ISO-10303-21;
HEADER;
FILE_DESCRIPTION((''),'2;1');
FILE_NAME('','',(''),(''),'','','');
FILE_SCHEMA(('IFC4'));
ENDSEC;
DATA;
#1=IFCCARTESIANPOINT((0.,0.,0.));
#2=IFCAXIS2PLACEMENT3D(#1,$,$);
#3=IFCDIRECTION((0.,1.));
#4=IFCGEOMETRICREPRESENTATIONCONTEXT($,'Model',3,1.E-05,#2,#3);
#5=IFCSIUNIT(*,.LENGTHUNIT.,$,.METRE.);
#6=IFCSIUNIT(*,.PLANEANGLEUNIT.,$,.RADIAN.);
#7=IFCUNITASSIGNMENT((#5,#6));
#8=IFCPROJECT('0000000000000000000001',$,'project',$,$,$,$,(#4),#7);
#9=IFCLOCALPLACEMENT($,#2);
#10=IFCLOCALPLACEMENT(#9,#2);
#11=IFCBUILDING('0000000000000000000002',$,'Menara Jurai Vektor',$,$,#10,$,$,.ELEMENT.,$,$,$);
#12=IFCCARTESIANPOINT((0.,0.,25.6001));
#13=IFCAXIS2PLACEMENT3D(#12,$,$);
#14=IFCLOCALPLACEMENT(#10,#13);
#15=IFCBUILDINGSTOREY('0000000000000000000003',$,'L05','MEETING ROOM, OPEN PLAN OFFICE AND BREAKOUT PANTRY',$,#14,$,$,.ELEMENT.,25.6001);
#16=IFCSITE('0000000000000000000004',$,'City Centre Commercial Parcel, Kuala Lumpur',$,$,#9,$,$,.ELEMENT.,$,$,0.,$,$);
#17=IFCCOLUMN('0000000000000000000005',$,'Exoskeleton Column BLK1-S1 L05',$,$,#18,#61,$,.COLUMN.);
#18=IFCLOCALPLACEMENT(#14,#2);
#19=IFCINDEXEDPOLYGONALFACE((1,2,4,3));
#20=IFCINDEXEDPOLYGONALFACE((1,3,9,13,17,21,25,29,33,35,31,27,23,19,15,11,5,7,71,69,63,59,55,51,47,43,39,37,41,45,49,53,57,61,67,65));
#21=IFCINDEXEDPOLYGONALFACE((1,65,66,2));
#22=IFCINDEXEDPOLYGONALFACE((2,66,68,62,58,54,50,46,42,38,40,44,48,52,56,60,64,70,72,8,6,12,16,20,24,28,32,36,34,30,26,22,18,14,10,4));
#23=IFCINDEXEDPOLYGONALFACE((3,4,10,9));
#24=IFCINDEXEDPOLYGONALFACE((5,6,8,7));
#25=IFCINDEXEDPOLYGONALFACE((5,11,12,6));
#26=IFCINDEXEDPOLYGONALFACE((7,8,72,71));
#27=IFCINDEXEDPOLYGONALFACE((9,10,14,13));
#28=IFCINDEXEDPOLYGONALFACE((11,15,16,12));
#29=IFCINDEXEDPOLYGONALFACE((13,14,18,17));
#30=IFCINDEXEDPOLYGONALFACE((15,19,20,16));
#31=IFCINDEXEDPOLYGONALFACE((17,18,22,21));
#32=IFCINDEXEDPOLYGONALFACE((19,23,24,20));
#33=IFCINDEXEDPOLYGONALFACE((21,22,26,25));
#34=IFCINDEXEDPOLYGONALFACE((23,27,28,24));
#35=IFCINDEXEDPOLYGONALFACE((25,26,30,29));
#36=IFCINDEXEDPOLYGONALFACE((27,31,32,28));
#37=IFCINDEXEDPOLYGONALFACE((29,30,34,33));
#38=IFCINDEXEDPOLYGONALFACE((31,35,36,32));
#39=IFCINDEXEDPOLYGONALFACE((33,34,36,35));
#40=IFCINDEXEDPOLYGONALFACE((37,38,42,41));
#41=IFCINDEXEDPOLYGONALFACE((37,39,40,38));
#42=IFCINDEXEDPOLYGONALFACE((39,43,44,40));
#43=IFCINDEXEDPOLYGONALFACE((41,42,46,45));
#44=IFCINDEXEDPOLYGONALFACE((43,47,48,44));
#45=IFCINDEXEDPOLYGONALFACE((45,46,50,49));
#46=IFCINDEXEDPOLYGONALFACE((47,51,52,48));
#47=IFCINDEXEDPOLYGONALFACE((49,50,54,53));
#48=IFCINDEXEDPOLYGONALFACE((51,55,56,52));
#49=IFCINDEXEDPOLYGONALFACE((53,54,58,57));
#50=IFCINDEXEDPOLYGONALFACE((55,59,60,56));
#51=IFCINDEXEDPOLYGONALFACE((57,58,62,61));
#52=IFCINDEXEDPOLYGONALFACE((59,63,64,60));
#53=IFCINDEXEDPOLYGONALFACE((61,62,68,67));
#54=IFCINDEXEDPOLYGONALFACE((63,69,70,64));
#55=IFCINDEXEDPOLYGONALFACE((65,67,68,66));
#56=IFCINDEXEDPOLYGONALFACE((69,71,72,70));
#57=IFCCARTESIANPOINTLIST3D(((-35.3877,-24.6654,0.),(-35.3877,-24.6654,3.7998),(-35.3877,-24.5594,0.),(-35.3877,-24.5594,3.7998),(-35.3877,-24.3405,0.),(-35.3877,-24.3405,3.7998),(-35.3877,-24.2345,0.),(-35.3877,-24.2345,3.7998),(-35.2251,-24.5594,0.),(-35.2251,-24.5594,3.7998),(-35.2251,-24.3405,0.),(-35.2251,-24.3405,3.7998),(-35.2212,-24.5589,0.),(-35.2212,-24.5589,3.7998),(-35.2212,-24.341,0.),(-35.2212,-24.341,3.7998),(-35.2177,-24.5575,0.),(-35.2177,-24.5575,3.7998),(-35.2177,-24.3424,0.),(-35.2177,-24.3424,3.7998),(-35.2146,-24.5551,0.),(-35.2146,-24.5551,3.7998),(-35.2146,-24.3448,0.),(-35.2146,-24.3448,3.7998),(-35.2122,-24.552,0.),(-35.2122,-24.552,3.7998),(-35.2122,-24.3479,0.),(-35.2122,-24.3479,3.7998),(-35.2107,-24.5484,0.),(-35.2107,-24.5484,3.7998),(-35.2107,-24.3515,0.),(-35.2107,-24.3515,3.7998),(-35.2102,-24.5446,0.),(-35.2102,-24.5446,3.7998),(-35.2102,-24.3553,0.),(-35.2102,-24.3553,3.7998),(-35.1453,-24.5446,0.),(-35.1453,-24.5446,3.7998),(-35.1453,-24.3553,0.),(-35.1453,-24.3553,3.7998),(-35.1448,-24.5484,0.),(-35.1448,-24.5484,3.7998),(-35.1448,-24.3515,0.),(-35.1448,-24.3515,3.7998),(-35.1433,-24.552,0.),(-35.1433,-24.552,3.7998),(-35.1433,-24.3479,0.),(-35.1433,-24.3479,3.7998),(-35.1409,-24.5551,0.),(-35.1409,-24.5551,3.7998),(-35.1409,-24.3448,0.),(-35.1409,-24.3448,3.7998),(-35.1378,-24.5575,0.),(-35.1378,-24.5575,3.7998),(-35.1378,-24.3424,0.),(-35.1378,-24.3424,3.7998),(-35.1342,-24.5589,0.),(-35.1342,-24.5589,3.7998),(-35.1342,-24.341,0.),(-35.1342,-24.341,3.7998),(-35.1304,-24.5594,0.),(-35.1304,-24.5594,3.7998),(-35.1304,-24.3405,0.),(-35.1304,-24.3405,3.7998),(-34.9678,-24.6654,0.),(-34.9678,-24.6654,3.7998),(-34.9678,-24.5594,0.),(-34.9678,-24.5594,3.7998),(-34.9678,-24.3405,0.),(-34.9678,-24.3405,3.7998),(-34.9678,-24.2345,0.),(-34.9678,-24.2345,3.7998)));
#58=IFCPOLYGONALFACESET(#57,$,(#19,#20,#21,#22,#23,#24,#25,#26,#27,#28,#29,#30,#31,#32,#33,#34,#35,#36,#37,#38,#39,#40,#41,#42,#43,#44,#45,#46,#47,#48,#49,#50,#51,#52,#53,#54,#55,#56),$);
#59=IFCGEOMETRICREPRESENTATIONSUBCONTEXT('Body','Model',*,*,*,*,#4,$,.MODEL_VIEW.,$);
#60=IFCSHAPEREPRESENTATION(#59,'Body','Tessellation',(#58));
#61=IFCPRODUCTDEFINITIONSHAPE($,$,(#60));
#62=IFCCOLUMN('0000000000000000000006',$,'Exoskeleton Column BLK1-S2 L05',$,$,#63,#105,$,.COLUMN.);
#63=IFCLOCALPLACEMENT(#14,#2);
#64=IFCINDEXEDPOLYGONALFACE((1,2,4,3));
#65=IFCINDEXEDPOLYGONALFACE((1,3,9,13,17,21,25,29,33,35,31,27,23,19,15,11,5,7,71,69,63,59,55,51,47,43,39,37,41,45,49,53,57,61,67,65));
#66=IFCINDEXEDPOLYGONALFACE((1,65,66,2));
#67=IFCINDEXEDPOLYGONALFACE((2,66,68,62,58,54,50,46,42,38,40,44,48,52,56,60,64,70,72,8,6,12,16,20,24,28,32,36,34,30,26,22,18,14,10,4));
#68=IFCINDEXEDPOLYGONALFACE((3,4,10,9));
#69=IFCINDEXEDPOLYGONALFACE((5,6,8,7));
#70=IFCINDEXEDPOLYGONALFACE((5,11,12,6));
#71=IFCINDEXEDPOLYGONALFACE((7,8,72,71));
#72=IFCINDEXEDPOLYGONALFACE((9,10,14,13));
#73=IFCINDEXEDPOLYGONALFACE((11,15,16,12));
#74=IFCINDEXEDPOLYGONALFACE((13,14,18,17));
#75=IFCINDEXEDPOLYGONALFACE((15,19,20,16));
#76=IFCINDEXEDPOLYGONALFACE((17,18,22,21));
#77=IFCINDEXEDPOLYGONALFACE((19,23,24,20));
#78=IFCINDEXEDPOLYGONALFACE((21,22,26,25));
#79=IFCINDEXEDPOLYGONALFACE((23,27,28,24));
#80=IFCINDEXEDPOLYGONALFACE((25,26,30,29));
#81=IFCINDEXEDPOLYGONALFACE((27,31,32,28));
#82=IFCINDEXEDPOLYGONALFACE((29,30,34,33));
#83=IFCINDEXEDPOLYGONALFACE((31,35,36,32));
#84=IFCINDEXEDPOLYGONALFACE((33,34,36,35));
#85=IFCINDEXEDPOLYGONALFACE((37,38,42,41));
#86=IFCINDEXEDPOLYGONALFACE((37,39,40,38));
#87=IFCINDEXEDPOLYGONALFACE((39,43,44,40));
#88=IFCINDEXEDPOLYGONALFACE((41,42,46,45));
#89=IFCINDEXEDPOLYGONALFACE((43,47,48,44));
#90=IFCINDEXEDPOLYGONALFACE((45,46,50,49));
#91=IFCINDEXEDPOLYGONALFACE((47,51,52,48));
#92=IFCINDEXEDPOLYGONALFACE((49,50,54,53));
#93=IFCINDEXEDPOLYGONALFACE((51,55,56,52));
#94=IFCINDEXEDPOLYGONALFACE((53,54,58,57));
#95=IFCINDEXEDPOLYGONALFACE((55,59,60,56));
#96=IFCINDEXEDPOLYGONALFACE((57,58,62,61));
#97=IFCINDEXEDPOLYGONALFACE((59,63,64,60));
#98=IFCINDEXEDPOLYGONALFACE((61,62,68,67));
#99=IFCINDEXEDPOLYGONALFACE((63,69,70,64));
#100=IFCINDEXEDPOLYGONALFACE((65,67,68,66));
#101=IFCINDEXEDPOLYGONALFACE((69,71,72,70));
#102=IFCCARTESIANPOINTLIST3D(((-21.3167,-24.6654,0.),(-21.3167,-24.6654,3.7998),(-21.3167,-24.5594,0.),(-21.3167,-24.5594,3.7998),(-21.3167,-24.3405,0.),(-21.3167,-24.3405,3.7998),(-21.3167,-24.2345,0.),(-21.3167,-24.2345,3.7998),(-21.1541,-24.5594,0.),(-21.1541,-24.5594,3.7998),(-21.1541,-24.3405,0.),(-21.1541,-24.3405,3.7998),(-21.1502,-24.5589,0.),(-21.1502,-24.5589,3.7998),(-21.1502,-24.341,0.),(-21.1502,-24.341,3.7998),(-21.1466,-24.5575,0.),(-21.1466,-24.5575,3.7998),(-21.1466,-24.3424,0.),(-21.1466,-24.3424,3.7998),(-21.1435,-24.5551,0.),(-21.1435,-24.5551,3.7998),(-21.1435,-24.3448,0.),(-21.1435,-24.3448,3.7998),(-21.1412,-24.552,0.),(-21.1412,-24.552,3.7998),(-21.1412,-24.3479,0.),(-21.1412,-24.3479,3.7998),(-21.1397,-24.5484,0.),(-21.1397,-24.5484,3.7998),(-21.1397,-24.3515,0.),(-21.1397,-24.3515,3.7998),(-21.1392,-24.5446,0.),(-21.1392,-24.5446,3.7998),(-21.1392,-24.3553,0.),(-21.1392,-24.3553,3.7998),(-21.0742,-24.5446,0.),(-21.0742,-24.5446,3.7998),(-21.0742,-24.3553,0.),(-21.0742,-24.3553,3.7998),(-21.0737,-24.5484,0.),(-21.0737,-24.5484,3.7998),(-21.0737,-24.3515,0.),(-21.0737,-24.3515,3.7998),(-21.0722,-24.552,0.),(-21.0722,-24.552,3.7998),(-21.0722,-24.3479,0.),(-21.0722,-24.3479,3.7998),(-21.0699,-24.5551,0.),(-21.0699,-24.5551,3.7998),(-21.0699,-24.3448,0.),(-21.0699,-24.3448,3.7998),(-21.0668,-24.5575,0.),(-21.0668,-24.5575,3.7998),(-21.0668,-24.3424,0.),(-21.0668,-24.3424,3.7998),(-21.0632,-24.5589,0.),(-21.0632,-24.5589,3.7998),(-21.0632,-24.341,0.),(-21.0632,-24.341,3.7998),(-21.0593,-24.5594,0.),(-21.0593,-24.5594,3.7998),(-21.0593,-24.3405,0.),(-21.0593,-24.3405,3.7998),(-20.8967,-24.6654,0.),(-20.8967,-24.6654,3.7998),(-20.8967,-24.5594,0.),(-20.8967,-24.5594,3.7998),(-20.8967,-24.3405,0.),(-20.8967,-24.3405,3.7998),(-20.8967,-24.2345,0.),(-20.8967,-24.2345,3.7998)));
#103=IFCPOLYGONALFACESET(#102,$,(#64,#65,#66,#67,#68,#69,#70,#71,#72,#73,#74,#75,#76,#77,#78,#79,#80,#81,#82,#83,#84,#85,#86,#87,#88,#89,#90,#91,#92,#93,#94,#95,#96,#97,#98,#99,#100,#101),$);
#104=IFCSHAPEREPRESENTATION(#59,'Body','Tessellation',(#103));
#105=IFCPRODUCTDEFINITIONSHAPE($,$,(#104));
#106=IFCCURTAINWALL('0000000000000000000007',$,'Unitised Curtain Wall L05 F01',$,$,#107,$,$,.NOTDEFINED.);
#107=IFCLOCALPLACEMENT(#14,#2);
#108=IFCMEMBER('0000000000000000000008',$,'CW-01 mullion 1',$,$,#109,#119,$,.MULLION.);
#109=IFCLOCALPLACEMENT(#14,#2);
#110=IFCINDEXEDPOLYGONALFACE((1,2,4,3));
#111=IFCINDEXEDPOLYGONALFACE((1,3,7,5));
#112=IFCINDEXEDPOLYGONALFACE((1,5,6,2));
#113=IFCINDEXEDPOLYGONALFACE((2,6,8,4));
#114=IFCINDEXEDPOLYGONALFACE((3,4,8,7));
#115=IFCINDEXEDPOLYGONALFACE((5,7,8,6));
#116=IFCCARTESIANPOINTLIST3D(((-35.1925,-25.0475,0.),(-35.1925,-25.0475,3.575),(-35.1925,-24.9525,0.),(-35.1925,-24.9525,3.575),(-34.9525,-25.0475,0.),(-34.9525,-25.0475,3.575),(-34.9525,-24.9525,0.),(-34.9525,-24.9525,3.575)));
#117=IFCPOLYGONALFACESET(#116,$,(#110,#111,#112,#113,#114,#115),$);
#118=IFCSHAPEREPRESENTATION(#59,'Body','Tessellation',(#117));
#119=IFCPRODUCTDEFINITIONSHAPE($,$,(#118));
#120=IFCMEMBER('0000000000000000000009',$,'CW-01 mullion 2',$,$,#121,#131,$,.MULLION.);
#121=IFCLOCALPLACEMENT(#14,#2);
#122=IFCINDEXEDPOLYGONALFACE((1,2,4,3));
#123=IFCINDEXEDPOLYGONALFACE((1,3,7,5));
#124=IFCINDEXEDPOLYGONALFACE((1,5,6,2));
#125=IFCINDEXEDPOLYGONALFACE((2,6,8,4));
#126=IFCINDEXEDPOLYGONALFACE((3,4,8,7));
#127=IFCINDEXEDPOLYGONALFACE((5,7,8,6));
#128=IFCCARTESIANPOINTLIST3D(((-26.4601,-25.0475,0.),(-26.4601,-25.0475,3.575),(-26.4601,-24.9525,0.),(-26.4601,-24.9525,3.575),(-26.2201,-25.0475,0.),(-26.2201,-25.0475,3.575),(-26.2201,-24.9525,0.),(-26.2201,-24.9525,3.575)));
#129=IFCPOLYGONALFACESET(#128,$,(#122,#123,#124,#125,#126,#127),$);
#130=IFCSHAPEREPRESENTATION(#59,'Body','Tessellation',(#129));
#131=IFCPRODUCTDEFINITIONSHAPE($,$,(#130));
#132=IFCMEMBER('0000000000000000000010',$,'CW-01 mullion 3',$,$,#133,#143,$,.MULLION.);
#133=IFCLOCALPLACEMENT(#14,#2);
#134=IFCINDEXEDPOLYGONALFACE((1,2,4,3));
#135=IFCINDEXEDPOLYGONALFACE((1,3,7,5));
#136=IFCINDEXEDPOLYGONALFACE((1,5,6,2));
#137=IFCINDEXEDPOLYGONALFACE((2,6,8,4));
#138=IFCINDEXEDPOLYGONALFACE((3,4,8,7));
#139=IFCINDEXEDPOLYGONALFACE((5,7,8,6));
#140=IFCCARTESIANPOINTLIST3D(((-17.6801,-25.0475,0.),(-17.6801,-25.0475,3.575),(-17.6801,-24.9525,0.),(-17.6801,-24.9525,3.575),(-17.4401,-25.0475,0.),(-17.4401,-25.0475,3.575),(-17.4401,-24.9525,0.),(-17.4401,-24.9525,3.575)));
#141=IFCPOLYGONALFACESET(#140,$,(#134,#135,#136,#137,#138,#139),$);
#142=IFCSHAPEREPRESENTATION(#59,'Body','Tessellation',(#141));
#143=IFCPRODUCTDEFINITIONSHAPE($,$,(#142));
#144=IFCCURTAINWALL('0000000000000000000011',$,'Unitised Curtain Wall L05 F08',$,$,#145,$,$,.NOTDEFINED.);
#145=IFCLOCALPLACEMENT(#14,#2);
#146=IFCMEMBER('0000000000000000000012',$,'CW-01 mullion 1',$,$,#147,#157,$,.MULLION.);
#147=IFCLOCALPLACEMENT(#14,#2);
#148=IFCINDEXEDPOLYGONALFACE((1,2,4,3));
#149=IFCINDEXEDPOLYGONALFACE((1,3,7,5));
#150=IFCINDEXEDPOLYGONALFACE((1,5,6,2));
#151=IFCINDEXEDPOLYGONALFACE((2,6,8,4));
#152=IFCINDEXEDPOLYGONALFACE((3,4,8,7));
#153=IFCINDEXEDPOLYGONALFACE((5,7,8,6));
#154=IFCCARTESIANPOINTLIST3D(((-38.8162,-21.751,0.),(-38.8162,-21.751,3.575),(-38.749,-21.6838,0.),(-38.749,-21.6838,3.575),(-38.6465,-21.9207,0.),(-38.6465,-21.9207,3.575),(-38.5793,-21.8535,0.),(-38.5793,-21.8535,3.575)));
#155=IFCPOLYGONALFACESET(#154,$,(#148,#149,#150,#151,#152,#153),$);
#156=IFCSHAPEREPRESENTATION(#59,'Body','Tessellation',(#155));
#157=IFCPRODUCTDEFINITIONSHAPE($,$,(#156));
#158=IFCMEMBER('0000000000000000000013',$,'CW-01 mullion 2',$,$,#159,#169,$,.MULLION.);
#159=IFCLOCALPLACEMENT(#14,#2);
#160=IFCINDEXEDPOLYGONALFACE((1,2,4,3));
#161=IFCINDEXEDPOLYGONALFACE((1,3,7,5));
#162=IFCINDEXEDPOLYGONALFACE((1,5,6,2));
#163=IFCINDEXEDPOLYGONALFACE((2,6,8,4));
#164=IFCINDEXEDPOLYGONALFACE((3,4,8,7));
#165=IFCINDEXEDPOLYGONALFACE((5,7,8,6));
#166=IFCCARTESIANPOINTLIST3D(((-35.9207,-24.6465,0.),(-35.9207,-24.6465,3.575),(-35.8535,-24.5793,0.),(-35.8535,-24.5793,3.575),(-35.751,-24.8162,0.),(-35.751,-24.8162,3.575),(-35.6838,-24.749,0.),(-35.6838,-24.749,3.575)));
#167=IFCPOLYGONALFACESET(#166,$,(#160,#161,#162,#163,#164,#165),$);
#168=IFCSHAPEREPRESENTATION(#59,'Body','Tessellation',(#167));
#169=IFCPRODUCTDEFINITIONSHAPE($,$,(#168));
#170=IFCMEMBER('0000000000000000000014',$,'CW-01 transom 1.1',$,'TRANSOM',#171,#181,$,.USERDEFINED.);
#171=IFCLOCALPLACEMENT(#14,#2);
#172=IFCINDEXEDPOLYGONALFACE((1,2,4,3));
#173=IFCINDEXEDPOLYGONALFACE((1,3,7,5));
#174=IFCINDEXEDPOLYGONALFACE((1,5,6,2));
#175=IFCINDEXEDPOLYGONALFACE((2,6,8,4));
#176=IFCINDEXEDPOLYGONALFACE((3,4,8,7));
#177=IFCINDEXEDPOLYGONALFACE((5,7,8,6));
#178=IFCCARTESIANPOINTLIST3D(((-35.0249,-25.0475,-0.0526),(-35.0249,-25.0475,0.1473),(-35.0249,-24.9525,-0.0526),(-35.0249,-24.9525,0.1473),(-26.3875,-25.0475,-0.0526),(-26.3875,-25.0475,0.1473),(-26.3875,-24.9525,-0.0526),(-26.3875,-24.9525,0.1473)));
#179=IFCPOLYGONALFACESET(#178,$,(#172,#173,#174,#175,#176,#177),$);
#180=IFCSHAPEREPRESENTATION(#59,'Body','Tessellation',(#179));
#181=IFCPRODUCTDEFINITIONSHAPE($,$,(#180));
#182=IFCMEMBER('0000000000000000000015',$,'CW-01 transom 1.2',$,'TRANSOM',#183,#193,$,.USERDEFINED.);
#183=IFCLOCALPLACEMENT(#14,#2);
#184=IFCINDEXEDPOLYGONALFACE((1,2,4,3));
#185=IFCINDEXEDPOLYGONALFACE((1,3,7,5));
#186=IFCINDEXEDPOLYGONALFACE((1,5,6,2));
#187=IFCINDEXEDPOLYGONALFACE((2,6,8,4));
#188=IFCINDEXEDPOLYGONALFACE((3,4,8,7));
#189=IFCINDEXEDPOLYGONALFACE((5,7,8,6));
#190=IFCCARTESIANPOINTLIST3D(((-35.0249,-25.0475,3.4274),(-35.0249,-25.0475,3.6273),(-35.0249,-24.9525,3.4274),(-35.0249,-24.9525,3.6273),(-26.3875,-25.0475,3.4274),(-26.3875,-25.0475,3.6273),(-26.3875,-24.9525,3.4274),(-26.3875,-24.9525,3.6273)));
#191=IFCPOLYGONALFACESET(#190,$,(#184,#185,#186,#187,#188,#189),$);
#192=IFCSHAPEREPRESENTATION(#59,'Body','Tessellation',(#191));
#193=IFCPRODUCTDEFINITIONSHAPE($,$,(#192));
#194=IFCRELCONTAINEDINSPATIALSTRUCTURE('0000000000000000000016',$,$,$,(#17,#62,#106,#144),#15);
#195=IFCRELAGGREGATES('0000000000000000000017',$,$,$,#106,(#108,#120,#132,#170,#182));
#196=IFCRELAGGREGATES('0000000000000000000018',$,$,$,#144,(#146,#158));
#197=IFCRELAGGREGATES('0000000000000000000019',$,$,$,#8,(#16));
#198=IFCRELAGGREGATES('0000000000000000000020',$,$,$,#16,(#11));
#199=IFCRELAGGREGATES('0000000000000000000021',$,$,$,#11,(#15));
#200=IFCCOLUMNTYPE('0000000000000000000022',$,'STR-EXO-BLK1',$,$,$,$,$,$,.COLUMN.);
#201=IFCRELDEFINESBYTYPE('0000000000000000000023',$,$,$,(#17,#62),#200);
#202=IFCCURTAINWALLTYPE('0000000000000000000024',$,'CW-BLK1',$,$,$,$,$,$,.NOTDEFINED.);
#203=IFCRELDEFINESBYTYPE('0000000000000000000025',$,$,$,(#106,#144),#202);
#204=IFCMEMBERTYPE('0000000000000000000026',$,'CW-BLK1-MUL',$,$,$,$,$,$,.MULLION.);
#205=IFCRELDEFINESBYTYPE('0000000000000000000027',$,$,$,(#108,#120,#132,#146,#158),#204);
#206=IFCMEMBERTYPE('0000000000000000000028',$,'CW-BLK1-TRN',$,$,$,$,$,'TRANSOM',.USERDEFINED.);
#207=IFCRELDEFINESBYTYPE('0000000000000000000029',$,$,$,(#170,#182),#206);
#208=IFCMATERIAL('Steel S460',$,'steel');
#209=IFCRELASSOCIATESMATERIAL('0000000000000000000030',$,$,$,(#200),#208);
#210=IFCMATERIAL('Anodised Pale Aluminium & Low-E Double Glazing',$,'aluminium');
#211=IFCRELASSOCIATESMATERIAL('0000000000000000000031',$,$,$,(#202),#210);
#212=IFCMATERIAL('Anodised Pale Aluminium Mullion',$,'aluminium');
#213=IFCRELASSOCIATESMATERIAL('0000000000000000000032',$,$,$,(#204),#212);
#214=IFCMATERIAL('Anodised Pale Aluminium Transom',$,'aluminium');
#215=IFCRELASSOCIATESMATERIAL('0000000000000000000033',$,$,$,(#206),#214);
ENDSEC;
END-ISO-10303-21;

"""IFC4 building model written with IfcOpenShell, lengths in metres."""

from ifc_helpers import new_model, si_unit, direction, frame, origin, origin_2d, place, context, subcontext, project, spatial, rectangle, i_section, extrude, material, material_profile, profile_set, type_object, element, aggregate, save


model = new_model("IFC4")

# Units and contexts
model_context = context("Model", 3, precision=1e-05, world=origin(), true_north=direction((0.0, 1.0)))
body_context = subcontext(model_context, "Body", "Model", "MODEL_VIEW")
ifc_project = project(units=[si_unit("LENGTHUNIT", "METRE"), si_unit("PLANEANGLEUNIT", "RADIAN")], contexts=[model_context])

# Site, building, storey
site_placement = place(None, origin())
site = spatial("IfcSite", under=ifc_project, at=site_placement, Name="City Centre Commercial Parcel, Kuala Lumpur", CompositionType="ELEMENT", RefElevation=0.0)
building_placement = place(site_placement, origin())
building = spatial("IfcBuilding", under=site, at=building_placement, Name="Menara Jurai Vektor", CompositionType="ELEMENT")
storey_placement = place(building_placement, frame((0.0, 0.0, 25.6001)))
storey = spatial("IfcBuildingStorey", under=building, at=storey_placement, Name="L05", Description="MEETING ROOM, OPEN PLAN OFFICE AND BREAKOUT PANTRY", CompositionType="ELEMENT", Elevation=25.6001)

# Columns
ifc_material_1 = material(Name="Steel S460", Category="steel")
ifc_material_profile_1 = material_profile(ifc_material_1, i_section(OverallWidth=0.4199, OverallDepth=0.4309, WebThickness=0.0649, FlangeThickness=0.106, FilletRadius=0.0149, at=origin_2d()), Name="HD 400x900")
ifc_profile_set_1 = profile_set([ifc_material_profile_1], Name="Steel S460")
column_type = type_object("IfcColumnType", Name="STR-EXO-BLK1", PredefinedType="COLUMN", material=ifc_profile_set_1)
for number, where, z_axis, x_axis, name in (
    (1, (-35.1777, -24.45, 0.0), (0.0, 0.0, 1.0), (1.0, 0.0, 0.0), "Exoskeleton Column BLK1-S1 L05"),
    (2, (-21.1067, -24.45, 0.0), (0.0, 0.0, 1.0), (1.0, 0.0, 0.0), "Exoskeleton Column BLK1-S2 L05"),
):
    element("IfcColumn", number, at=place(storey_placement, frame(where, z_axis=z_axis, x_axis=x_axis)), inside=storey, type_object=column_type, Name=name, PredefinedType="COLUMN", context=body_context, shape_type="SweptSolid", body=[
        extrude(i_section(OverallWidth=0.4199, OverallDepth=0.4309, WebThickness=0.0649, FlangeThickness=0.106, FilletRadius=0.0149, at=origin_2d()), origin(), (0.0, 0.0, 1.0), 3.7998),
    ])

# Curtain walls, members
ifc_material_2 = material(Name="Anodised Pale Aluminium & Low-E Double Glazing", Category="aluminium")
curtain_wall_type = type_object("IfcCurtainWallType", Name="CW-BLK1", PredefinedType="NOTDEFINED", material=ifc_material_2)
curtain_wall_1_placement = place(storey_placement, origin())
curtain_wall_1 = element("IfcCurtainWall", 3, at=curtain_wall_1_placement, inside=storey, type_object=curtain_wall_type, Name="Unitised Curtain Wall L05 F01", PredefinedType="NOTDEFINED")
ifc_material_3 = material(Name="Anodised Pale Aluminium Mullion", Category="aluminium")
ifc_material_profile_2 = material_profile(ifc_material_3, rectangle(XDim=0.095, YDim=0.24, at=origin_2d()), Name="ALU MUL 95x240")
ifc_profile_set_2 = profile_set([ifc_material_profile_2], Name="Anodised Pale Aluminium Mullion")
member_type_1 = type_object("IfcMemberType", Name="CW-BLK1-MUL", PredefinedType="MULLION", material=ifc_profile_set_2)
member_1_placement = place(storey_placement, frame((-35.0725, -25.0, 0.0), z_axis=(0.0, 0.0, 1.0), x_axis=(0.0, 1.0, 0.0)))
member_1 = element("IfcMember", 4, at=member_1_placement, type_object=member_type_1, Name="CW-01 mullion 1", PredefinedType="MULLION", context=body_context, shape_type="SweptSolid", body=[
    extrude(rectangle(XDim=0.095, YDim=0.24, at=origin_2d()), origin(), (0.0, 0.0, 1.0), 3.575),
])
member_2_placement = place(storey_placement, frame((-26.3401, -25.0, 0.0), z_axis=(0.0, 0.0, 1.0), x_axis=(0.0, 1.0, 0.0)))
member_2 = element("IfcMember", 5, at=member_2_placement, type_object=member_type_1, Name="CW-01 mullion 2", PredefinedType="MULLION", context=body_context, shape_type="SweptSolid", body=[
    extrude(rectangle(XDim=0.095, YDim=0.24, at=origin_2d()), origin(), (0.0, 0.0, 1.0), 3.575),
])
member_3_placement = place(storey_placement, frame((-17.5601, -25.0, 0.0), z_axis=(0.0, 0.0, 1.0), x_axis=(0.0, 1.0, 0.0)))
member_3 = element("IfcMember", 6, at=member_3_placement, type_object=member_type_1, Name="CW-01 mullion 3", PredefinedType="MULLION", context=body_context, shape_type="SweptSolid", body=[
    extrude(rectangle(XDim=0.095, YDim=0.24, at=origin_2d()), origin(), (0.0, 0.0, 1.0), 3.575),
])
curtain_wall_2_placement = place(storey_placement, origin())
curtain_wall_2 = element("IfcCurtainWall", 7, at=curtain_wall_2_placement, inside=storey, type_object=curtain_wall_type, Name="Unitised Curtain Wall L05 F08", PredefinedType="NOTDEFINED")
member_4_placement = place(storey_placement, frame((-38.6978, -21.8022, 0.0), z_axis=(0.0, 0.0, 1.0), x_axis=(0.707107, 0.707107, 0.0)))
member_4 = element("IfcMember", 8, at=member_4_placement, type_object=member_type_1, Name="CW-01 mullion 1", PredefinedType="MULLION", context=body_context, shape_type="SweptSolid", body=[
    extrude(rectangle(XDim=0.095, YDim=0.24, at=origin_2d()), origin(), (0.0, 0.0, 1.0), 3.575),
])
member_5_placement = place(storey_placement, frame((-35.8022, -24.6978, 0.0), z_axis=(0.0, 0.0, 1.0), x_axis=(0.707107, 0.707107, 0.0)))
member_5 = element("IfcMember", 9, at=member_5_placement, type_object=member_type_1, Name="CW-01 mullion 2", PredefinedType="MULLION", context=body_context, shape_type="SweptSolid", body=[
    extrude(rectangle(XDim=0.095, YDim=0.24, at=origin_2d()), origin(), (0.0, 0.0, 1.0), 3.575),
])

# Members
ifc_material_4 = material(Name="Anodised Pale Aluminium Transom", Category="aluminium")
ifc_material_profile_3 = material_profile(ifc_material_4, rectangle(XDim=0.095, YDim=0.2, at=origin_2d()), Name="ALU TRN 95x200")
ifc_profile_set_3 = profile_set([ifc_material_profile_3], Name="Anodised Pale Aluminium Transom")
member_type_2 = type_object("IfcMemberType", Name="CW-BLK1-TRN", ElementType="TRANSOM", PredefinedType="USERDEFINED", material=ifc_profile_set_3)
member_6_placement = place(storey_placement, frame((-35.0249, -25.0, 0.0474), z_axis=(1.0, 0.0, 0.0), x_axis=(0.0, 1.0, 0.0)))
member_6 = element("IfcMember", 10, at=member_6_placement, type_object=member_type_2, Name="CW-01 transom 1.1", ObjectType="TRANSOM", PredefinedType="USERDEFINED", context=body_context, shape_type="SweptSolid", body=[
    extrude(rectangle(XDim=0.095, YDim=0.2, at=origin_2d()), origin(), (0.0, 0.0, 1.0), 8.6375),
])
member_7_placement = place(storey_placement, frame((-35.0249, -25.0, 3.5273), z_axis=(1.0, 0.0, 0.0), x_axis=(0.0, 1.0, 0.0)))
member_7 = element("IfcMember", 11, at=member_7_placement, type_object=member_type_2, Name="CW-01 transom 1.2", ObjectType="TRANSOM", PredefinedType="USERDEFINED", context=body_context, shape_type="SweptSolid", body=[
    extrude(rectangle(XDim=0.095, YDim=0.2, at=origin_2d()), origin(), (0.0, 0.0, 1.0), 8.6375),
])

aggregate(curtain_wall_1, [member_1, member_2, member_3, member_6, member_7])
aggregate(curtain_wall_2, [member_4, member_5])

save(model, "model.ifc")
